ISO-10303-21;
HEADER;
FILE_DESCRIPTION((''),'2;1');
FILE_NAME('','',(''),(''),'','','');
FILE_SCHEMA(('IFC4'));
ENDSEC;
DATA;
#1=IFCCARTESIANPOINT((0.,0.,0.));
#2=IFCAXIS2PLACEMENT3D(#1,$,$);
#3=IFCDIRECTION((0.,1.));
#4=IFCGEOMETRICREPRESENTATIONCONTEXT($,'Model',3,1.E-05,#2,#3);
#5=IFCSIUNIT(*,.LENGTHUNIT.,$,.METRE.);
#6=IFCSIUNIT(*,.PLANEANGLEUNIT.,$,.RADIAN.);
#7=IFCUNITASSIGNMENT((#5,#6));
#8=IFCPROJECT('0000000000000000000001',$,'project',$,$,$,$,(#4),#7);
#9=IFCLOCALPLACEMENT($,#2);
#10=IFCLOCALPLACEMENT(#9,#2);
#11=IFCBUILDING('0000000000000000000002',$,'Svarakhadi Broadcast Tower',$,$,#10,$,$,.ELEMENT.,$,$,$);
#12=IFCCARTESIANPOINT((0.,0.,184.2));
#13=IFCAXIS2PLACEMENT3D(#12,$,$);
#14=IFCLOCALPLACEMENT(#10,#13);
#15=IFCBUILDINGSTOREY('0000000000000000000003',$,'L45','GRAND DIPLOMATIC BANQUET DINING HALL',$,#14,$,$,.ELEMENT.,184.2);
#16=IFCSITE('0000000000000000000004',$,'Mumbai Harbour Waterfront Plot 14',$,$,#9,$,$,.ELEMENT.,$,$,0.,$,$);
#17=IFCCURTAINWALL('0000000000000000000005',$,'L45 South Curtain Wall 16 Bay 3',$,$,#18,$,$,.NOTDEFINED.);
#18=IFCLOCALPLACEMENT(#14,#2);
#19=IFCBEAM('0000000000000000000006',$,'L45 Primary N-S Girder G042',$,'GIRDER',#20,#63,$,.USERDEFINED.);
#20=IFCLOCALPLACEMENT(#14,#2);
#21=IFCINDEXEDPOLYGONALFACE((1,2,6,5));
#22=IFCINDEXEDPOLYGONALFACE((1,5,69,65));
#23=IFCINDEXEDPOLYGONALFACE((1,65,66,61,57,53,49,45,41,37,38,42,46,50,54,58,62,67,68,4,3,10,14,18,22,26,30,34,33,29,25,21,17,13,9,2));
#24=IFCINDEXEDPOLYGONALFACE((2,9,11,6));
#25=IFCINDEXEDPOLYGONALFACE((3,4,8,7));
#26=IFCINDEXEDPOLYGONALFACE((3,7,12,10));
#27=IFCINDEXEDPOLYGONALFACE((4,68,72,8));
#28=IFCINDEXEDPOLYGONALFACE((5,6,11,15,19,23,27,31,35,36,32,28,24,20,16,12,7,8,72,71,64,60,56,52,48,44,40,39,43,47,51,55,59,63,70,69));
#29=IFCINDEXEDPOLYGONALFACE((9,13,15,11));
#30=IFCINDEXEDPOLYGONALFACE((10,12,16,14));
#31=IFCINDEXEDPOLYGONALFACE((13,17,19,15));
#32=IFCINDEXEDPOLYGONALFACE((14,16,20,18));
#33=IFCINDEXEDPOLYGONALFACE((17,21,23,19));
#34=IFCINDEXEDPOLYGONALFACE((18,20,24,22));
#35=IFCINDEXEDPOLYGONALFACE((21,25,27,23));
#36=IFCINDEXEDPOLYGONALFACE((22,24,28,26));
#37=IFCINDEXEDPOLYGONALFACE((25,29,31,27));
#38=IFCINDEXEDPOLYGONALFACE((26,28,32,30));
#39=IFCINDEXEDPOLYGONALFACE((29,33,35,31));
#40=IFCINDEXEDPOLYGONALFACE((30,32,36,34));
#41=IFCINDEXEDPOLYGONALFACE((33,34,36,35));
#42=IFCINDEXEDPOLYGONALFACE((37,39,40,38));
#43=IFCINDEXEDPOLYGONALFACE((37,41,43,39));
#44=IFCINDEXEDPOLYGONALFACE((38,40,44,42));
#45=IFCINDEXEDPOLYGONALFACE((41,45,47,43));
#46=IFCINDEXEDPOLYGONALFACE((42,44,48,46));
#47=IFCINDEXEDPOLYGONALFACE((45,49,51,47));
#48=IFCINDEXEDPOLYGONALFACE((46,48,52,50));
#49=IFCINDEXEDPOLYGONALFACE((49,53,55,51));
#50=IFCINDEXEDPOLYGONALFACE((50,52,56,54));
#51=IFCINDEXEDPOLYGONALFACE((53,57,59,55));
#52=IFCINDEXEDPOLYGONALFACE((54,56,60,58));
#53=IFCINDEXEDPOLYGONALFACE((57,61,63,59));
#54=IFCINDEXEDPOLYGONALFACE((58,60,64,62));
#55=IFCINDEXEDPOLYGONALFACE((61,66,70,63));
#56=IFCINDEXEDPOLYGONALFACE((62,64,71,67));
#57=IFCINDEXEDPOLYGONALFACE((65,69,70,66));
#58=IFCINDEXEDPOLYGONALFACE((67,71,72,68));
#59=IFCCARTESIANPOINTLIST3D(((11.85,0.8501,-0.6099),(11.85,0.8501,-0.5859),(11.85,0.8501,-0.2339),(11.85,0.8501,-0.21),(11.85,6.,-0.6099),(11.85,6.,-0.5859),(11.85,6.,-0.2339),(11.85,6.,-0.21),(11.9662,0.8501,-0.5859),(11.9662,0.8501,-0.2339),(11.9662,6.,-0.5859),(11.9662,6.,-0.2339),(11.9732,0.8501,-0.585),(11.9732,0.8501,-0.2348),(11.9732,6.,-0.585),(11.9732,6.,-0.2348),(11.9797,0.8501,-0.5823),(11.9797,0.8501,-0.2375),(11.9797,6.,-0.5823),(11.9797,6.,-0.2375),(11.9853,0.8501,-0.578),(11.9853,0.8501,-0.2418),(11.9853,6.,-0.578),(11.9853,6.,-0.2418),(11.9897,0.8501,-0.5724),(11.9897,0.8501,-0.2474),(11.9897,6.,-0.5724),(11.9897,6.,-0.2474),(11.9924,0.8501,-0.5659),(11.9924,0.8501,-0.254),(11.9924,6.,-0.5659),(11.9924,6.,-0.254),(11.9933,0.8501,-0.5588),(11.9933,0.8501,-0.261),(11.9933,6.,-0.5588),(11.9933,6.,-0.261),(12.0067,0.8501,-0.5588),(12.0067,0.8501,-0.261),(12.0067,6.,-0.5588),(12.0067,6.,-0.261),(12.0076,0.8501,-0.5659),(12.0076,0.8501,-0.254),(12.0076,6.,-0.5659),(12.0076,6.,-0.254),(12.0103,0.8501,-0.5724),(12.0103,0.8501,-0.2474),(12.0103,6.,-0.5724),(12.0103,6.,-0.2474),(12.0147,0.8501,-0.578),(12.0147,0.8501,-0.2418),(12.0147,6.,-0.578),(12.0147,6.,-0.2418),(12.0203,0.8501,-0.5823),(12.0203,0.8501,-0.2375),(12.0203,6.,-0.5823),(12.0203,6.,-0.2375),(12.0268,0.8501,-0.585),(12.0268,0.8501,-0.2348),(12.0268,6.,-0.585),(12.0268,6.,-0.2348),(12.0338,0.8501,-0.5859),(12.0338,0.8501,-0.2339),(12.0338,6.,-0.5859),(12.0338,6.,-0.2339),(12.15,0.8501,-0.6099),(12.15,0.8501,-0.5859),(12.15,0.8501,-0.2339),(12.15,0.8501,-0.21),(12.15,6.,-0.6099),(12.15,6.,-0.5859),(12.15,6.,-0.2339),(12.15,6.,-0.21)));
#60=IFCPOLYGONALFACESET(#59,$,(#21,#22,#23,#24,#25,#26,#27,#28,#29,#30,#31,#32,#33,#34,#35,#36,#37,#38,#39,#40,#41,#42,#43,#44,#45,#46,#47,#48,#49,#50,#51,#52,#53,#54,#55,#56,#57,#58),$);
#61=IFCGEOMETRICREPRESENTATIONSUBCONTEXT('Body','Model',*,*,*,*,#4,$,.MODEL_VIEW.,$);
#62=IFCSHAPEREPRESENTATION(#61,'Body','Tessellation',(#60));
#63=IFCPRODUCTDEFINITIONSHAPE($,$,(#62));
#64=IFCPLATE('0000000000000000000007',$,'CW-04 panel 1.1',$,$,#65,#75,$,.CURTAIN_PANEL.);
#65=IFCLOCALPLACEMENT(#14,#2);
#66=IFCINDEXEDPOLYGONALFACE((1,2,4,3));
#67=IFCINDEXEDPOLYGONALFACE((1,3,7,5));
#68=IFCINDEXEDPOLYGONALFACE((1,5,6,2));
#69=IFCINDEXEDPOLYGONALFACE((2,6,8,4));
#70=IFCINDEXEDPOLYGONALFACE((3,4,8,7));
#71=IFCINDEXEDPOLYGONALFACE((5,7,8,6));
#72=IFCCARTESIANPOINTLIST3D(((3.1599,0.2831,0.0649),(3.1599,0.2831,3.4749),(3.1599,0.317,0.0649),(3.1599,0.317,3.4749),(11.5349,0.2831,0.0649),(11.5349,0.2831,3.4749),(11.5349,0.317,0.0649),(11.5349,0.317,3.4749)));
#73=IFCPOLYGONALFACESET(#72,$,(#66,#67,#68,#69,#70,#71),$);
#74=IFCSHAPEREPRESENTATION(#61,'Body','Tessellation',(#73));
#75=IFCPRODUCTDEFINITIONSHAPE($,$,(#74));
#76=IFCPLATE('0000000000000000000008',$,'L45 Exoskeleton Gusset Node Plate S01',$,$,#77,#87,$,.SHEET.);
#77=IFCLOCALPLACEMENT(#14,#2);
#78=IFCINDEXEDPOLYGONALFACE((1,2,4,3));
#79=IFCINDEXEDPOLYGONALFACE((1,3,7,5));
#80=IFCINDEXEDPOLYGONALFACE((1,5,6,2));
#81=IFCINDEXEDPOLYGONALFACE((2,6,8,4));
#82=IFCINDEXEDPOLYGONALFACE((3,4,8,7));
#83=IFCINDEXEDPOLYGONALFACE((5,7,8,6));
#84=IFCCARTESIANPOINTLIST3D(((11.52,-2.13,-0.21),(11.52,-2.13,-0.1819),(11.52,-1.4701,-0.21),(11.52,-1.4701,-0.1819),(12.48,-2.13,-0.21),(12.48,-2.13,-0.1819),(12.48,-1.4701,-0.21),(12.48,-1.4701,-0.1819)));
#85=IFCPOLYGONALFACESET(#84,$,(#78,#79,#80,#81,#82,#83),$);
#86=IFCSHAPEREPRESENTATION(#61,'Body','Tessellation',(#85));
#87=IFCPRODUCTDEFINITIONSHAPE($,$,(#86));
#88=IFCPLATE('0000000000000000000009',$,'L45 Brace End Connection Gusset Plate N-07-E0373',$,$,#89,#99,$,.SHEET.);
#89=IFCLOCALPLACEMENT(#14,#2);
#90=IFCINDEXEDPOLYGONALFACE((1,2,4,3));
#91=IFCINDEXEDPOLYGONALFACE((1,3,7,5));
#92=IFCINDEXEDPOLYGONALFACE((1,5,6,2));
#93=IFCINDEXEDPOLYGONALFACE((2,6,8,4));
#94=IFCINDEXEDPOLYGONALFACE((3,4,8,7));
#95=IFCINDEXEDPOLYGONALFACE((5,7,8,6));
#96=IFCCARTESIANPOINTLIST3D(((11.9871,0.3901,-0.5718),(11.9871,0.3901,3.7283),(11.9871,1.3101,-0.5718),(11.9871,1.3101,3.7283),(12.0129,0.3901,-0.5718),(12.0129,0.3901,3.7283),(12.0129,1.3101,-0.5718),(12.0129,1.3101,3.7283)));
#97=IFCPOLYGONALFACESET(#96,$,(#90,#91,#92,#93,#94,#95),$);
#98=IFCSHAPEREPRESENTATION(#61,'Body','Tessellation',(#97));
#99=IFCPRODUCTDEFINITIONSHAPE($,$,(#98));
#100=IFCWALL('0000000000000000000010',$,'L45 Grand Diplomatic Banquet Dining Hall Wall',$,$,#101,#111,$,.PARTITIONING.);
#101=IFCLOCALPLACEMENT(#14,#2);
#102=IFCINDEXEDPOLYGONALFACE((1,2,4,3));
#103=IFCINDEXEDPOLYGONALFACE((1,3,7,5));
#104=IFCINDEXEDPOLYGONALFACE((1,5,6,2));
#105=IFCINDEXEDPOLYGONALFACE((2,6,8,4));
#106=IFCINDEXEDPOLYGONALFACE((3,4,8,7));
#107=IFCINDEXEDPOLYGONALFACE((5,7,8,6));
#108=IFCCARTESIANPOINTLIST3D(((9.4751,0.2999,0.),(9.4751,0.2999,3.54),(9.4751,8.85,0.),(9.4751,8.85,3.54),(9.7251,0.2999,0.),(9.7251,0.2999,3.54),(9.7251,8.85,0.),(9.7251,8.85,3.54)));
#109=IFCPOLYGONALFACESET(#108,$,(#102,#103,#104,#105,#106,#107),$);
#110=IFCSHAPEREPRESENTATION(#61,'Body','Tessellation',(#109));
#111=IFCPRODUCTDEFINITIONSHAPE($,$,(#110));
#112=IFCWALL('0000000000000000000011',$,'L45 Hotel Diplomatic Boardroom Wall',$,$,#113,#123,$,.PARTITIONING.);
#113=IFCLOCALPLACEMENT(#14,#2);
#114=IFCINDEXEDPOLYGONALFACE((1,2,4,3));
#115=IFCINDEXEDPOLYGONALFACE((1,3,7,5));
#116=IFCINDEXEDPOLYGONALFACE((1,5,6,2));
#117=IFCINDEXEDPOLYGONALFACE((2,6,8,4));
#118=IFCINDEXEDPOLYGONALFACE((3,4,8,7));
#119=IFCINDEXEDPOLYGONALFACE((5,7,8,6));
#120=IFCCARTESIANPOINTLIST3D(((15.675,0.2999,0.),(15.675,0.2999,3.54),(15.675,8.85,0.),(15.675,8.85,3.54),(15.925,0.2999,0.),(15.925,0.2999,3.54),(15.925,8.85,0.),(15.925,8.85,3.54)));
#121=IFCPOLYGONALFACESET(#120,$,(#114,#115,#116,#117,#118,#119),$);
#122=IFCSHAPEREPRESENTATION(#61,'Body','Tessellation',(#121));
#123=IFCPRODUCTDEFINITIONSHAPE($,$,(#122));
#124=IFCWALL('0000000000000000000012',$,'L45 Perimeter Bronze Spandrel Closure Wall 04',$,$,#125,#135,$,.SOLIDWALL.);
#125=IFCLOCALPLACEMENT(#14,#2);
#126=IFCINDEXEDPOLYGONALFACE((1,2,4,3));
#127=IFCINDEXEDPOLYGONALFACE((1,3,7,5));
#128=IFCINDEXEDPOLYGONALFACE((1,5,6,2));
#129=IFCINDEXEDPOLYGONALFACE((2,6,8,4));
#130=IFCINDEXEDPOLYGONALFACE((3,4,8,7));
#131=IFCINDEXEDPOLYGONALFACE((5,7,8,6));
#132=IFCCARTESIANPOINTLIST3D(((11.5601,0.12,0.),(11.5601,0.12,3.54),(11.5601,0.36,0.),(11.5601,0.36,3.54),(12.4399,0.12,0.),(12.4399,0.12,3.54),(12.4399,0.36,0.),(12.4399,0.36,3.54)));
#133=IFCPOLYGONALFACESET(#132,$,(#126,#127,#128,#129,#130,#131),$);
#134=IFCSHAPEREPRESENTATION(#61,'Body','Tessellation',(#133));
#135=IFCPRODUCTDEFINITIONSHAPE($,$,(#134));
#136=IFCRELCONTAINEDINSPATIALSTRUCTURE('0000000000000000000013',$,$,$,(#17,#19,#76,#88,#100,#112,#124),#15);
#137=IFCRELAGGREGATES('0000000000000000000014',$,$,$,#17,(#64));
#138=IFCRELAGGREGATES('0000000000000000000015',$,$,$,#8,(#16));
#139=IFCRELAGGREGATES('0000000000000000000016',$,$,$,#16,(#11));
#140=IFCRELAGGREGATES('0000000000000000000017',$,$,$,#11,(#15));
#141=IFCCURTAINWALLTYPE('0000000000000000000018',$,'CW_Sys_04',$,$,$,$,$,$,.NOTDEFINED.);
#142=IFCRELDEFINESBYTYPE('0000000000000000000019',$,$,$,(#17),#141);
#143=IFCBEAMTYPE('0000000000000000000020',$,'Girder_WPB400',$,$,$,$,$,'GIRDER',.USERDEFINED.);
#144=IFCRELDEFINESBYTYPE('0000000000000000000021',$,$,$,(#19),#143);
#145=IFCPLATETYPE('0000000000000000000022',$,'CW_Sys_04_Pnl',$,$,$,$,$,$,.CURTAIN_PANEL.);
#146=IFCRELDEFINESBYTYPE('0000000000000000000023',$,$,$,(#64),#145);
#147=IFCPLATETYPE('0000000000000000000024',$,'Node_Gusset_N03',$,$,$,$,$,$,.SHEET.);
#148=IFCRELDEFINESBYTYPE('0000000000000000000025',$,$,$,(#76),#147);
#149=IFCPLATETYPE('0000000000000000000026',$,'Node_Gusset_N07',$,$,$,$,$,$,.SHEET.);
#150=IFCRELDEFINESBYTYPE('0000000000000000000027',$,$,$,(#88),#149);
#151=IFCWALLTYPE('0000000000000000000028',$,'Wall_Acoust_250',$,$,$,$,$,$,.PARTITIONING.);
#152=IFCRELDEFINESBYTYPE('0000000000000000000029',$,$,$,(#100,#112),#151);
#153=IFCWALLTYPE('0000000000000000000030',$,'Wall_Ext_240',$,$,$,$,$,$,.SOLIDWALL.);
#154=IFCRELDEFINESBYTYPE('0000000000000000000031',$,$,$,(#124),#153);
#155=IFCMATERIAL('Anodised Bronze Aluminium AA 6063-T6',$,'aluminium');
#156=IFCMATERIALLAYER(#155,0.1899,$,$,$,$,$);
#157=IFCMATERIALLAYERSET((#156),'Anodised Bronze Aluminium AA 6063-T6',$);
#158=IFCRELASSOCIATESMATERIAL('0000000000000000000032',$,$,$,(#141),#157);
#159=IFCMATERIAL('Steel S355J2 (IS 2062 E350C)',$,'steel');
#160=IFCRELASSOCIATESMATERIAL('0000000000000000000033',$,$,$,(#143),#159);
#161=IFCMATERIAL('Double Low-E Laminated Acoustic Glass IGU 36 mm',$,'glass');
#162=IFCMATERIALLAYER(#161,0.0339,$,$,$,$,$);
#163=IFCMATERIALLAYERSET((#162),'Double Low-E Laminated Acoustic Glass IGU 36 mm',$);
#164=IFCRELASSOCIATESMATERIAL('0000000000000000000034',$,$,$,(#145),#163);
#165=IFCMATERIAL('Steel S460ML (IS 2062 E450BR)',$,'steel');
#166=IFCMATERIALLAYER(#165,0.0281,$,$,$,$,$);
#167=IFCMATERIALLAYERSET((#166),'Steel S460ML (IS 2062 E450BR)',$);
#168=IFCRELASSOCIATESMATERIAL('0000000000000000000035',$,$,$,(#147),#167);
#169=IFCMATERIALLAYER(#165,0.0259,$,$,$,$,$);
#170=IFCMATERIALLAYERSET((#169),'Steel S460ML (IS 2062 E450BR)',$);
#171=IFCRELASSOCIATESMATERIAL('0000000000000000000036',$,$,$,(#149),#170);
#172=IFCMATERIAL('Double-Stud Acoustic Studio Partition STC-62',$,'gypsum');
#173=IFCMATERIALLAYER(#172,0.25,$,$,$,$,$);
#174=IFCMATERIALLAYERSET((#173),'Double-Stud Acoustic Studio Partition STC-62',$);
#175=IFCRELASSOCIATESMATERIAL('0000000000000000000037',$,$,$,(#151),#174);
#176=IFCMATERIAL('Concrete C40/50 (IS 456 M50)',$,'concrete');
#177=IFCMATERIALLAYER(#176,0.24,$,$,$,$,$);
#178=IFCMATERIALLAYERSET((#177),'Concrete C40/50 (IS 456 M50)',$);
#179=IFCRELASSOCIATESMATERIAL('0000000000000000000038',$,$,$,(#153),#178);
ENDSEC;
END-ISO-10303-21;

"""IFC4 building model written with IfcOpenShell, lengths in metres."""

from ifc_helpers import new_model, si_unit, direction, frame, frame_2d, origin, origin_2d, place, context, subcontext, project, spatial, rectangle, i_section, extrude, material, layer, layer_set, material_profile, profile_set, type_object, element, aggregate, save


model = new_model("IFC4")

# Units and contexts
model_context = context("Model", 3, precision=1e-05, world=origin(), true_north=direction((0.0, 1.0)))
body_context = subcontext(model_context, "Body", "Model", "MODEL_VIEW")
ifc_project = project(units=[si_unit("LENGTHUNIT", "METRE"), si_unit("PLANEANGLEUNIT", "RADIAN")], contexts=[model_context])

# Site, building, storey
site_placement = place(None, origin())
site = spatial("IfcSite", under=ifc_project, at=site_placement, Name="Mumbai Harbour Waterfront Plot 14", CompositionType="ELEMENT", RefElevation=0.0)
building_placement = place(site_placement, origin())
building = spatial("IfcBuilding", under=site, at=building_placement, Name="Svarakhadi Broadcast Tower", CompositionType="ELEMENT")
storey_placement = place(building_placement, frame((0.0, 0.0, 184.2)))
storey = spatial("IfcBuildingStorey", under=building, at=storey_placement, Name="L45", Description="GRAND DIPLOMATIC BANQUET DINING HALL", CompositionType="ELEMENT", Elevation=184.2)

# Shared definitions
ifc_material_1 = material(Name="Steel S460ML (IS 2062 E450BR)", Category="steel")

# Shared definitions
ifc_material_2 = material(Name="Steel S355J2 (IS 2062 E350C)", Category="steel")

# Shared definitions
ifc_material_3 = material(Name="Anodised Bronze Aluminium AA 6063-T6", Category="aluminium")
ifc_layer_1 = layer(ifc_material_3, 0.1899)
ifc_layer_set_1 = layer_set([ifc_layer_1], Name="Anodised Bronze Aluminium AA 6063-T6")
curtain_wall_type = type_object("IfcCurtainWallType", Name="CW_Sys_04", PredefinedType="NOTDEFINED", material=ifc_layer_set_1)

# Curtain wall
curtain_wall_1_placement = place(storey_placement, origin())
curtain_wall_1 = element("IfcCurtainWall", 1, at=curtain_wall_1_placement, inside=storey, type_object=curtain_wall_type, Name="L45 South Curtain Wall 16 Bay 3", PredefinedType="NOTDEFINED")

# Beam
ifc_material_profile_1 = material_profile(ifc_material_2, i_section(OverallWidth=0.3, OverallDepth=0.3999, WebThickness=0.0134, FlangeThickness=0.0239, FilletRadius=0.0271, at=origin_2d()), Name="WPB 400x300x155")
ifc_profile_set_1 = profile_set([ifc_material_profile_1], Name="Steel S355J2 (IS 2062 E350C)")
beam_type_1 = type_object("IfcBeamType", Name="Girder_WPB400", ElementType="GIRDER", PredefinedType="USERDEFINED", material=ifc_profile_set_1)
for number, where, z_axis, x_axis, name in (
    (2, (12.0, 0.8501, -0.4099), (0.0, 1.0, 0.0), (-1.0, 0.0, 0.0), "L45 Primary N-S Girder G042"),
):
    element("IfcBeam", number, at=place(storey_placement, frame(where, z_axis=z_axis, x_axis=x_axis)), inside=storey, type_object=beam_type_1, Name=name, ObjectType="GIRDER", PredefinedType="USERDEFINED", context=body_context, shape_type="SweptSolid", body=[
        extrude(i_section(OverallWidth=0.3, OverallDepth=0.3999, WebThickness=0.0134, FlangeThickness=0.0239, FilletRadius=0.0271, at=origin_2d()), origin(), (0.0, 0.0, 1.0), 5.1499),
    ])

# Plate
ifc_material_4 = material(Name="Double Low-E Laminated Acoustic Glass IGU 36 mm", Category="glass")
ifc_layer_2 = layer(ifc_material_4, 0.0339)
ifc_layer_set_2 = layer_set([ifc_layer_2], Name="Double Low-E Laminated Acoustic Glass IGU 36 mm")
plate_type_1 = type_object("IfcPlateType", Name="CW_Sys_04_Pnl", PredefinedType="CURTAIN_PANEL", material=ifc_layer_set_2)
plate_1_placement = place(storey_placement, frame((7.3474, 0.3, 0.0649), z_axis=(0.0, 0.0, 1.0), x_axis=(-1.0, 0.0, 0.0)))
plate_1 = element("IfcPlate", 3, at=plate_1_placement, type_object=plate_type_1, Name="CW-04 panel 1.1", PredefinedType="CURTAIN_PANEL", context=body_context, shape_type="SweptSolid", body=[
    extrude(rectangle(XDim=8.375, YDim=0.0339, at=origin_2d()), origin(), (0.0, 0.0, 1.0), 3.4099),
])
aggregate(curtain_wall_1, [plate_1])

# Plates
ifc_layer_3 = layer(ifc_material_1, 0.0281)
ifc_layer_set_3 = layer_set([ifc_layer_3], Name="Steel S460ML (IS 2062 E450BR)")
plate_type_2 = type_object("IfcPlateType", Name="Node_Gusset_N03", PredefinedType="SHEET", material=ifc_layer_set_3)
plate_2_placement = place(storey_placement, frame((12.0, -1.8, -0.21), z_axis=(0.0, 0.0, 1.0), x_axis=(1.0, 0.0, 0.0)))
element("IfcPlate", 4, at=plate_2_placement, inside=storey, type_object=plate_type_2, Name="L45 Exoskeleton Gusset Node Plate S01", PredefinedType="SHEET", context=body_context, shape_type="SweptSolid", body=[
    extrude(rectangle(XDim=0.96, YDim=0.6599, at=origin_2d()), origin(), (0.0, 0.0, 1.0), 0.0281),
])
ifc_layer_4 = layer(ifc_material_1, 0.0259)
ifc_layer_set_4 = layer_set([ifc_layer_4], Name="Steel S460ML (IS 2062 E450BR)")
plate_type_3 = type_object("IfcPlateType", Name="Node_Gusset_N07", PredefinedType="SHEET", material=ifc_layer_set_4)
plate_3_placement = place(storey_placement, frame((12.0, 0.8501, -0.5718), z_axis=(0.0, 0.0, 1.0), x_axis=(0.0, 1.0, 0.0)))
element("IfcPlate", 5, at=plate_3_placement, inside=storey, type_object=plate_type_3, Name="L45 Brace End Connection Gusset Plate N-07-E0373", PredefinedType="SHEET", context=body_context, shape_type="SweptSolid", body=[
    extrude(rectangle(XDim=0.9199, YDim=0.0259, at=origin_2d()), origin(), (0.0, 0.0, 1.0), 4.3),
])

# Walls
ifc_material_5 = material(Name="Double-Stud Acoustic Studio Partition STC-62", Category="gypsum")
ifc_layer_5 = layer(ifc_material_5, 0.25)
ifc_layer_set_5 = layer_set([ifc_layer_5], Name="Double-Stud Acoustic Studio Partition STC-62")
wall_type_1 = type_object("IfcWallType", Name="Wall_Acoust_250", PredefinedType="PARTITIONING", material=ifc_layer_set_5)
for number, where, z_axis, x_axis, name in (
    (6, (9.6001, 0.3, 0.0), (0.0, 0.0, 1.0), (0.0, 1.0, 0.0), "L45 Grand Diplomatic Banquet Dining Hall Wall"),
    (7, (15.8, 0.3, 0.0), (0.0, 0.0, 1.0), (0.0, 1.0, 0.0), "L45 Hotel Diplomatic Boardroom Wall"),
):
    element("IfcWall", number, at=place(storey_placement, frame(where, z_axis=z_axis, x_axis=x_axis)), inside=storey, type_object=wall_type_1, Name=name, PredefinedType="PARTITIONING", context=body_context, shape_type="SweptSolid", body=[
        extrude(rectangle(XDim=8.55, YDim=0.25, at=frame_2d((4.2749, 0.0))), origin(), (0.0, 0.0, 1.0), 3.54),
    ])
ifc_material_6 = material(Name="Concrete C40/50 (IS 456 M50)", Category="concrete")
ifc_layer_6 = layer(ifc_material_6, 0.24)
ifc_layer_set_6 = layer_set([ifc_layer_6], Name="Concrete C40/50 (IS 456 M50)")
wall_type_2 = type_object("IfcWallType", Name="Wall_Ext_240", PredefinedType="SOLIDWALL", material=ifc_layer_set_6)
wall_placement = place(storey_placement, frame((12.4399, 0.24, 0.0), z_axis=(0.0, 0.0, 1.0), x_axis=(-1.0, 0.0, 0.0)))
element("IfcWall", 8, at=wall_placement, inside=storey, type_object=wall_type_2, Name="L45 Perimeter Bronze Spandrel Closure Wall 04", PredefinedType="SOLIDWALL", context=body_context, shape_type="SweptSolid", body=[
    extrude(rectangle(XDim=0.8799, YDim=0.24, at=frame_2d((0.4399, 0.0))), origin(), (0.0, 0.0, 1.0), 3.54),
])

save(model, "model.ifc")
